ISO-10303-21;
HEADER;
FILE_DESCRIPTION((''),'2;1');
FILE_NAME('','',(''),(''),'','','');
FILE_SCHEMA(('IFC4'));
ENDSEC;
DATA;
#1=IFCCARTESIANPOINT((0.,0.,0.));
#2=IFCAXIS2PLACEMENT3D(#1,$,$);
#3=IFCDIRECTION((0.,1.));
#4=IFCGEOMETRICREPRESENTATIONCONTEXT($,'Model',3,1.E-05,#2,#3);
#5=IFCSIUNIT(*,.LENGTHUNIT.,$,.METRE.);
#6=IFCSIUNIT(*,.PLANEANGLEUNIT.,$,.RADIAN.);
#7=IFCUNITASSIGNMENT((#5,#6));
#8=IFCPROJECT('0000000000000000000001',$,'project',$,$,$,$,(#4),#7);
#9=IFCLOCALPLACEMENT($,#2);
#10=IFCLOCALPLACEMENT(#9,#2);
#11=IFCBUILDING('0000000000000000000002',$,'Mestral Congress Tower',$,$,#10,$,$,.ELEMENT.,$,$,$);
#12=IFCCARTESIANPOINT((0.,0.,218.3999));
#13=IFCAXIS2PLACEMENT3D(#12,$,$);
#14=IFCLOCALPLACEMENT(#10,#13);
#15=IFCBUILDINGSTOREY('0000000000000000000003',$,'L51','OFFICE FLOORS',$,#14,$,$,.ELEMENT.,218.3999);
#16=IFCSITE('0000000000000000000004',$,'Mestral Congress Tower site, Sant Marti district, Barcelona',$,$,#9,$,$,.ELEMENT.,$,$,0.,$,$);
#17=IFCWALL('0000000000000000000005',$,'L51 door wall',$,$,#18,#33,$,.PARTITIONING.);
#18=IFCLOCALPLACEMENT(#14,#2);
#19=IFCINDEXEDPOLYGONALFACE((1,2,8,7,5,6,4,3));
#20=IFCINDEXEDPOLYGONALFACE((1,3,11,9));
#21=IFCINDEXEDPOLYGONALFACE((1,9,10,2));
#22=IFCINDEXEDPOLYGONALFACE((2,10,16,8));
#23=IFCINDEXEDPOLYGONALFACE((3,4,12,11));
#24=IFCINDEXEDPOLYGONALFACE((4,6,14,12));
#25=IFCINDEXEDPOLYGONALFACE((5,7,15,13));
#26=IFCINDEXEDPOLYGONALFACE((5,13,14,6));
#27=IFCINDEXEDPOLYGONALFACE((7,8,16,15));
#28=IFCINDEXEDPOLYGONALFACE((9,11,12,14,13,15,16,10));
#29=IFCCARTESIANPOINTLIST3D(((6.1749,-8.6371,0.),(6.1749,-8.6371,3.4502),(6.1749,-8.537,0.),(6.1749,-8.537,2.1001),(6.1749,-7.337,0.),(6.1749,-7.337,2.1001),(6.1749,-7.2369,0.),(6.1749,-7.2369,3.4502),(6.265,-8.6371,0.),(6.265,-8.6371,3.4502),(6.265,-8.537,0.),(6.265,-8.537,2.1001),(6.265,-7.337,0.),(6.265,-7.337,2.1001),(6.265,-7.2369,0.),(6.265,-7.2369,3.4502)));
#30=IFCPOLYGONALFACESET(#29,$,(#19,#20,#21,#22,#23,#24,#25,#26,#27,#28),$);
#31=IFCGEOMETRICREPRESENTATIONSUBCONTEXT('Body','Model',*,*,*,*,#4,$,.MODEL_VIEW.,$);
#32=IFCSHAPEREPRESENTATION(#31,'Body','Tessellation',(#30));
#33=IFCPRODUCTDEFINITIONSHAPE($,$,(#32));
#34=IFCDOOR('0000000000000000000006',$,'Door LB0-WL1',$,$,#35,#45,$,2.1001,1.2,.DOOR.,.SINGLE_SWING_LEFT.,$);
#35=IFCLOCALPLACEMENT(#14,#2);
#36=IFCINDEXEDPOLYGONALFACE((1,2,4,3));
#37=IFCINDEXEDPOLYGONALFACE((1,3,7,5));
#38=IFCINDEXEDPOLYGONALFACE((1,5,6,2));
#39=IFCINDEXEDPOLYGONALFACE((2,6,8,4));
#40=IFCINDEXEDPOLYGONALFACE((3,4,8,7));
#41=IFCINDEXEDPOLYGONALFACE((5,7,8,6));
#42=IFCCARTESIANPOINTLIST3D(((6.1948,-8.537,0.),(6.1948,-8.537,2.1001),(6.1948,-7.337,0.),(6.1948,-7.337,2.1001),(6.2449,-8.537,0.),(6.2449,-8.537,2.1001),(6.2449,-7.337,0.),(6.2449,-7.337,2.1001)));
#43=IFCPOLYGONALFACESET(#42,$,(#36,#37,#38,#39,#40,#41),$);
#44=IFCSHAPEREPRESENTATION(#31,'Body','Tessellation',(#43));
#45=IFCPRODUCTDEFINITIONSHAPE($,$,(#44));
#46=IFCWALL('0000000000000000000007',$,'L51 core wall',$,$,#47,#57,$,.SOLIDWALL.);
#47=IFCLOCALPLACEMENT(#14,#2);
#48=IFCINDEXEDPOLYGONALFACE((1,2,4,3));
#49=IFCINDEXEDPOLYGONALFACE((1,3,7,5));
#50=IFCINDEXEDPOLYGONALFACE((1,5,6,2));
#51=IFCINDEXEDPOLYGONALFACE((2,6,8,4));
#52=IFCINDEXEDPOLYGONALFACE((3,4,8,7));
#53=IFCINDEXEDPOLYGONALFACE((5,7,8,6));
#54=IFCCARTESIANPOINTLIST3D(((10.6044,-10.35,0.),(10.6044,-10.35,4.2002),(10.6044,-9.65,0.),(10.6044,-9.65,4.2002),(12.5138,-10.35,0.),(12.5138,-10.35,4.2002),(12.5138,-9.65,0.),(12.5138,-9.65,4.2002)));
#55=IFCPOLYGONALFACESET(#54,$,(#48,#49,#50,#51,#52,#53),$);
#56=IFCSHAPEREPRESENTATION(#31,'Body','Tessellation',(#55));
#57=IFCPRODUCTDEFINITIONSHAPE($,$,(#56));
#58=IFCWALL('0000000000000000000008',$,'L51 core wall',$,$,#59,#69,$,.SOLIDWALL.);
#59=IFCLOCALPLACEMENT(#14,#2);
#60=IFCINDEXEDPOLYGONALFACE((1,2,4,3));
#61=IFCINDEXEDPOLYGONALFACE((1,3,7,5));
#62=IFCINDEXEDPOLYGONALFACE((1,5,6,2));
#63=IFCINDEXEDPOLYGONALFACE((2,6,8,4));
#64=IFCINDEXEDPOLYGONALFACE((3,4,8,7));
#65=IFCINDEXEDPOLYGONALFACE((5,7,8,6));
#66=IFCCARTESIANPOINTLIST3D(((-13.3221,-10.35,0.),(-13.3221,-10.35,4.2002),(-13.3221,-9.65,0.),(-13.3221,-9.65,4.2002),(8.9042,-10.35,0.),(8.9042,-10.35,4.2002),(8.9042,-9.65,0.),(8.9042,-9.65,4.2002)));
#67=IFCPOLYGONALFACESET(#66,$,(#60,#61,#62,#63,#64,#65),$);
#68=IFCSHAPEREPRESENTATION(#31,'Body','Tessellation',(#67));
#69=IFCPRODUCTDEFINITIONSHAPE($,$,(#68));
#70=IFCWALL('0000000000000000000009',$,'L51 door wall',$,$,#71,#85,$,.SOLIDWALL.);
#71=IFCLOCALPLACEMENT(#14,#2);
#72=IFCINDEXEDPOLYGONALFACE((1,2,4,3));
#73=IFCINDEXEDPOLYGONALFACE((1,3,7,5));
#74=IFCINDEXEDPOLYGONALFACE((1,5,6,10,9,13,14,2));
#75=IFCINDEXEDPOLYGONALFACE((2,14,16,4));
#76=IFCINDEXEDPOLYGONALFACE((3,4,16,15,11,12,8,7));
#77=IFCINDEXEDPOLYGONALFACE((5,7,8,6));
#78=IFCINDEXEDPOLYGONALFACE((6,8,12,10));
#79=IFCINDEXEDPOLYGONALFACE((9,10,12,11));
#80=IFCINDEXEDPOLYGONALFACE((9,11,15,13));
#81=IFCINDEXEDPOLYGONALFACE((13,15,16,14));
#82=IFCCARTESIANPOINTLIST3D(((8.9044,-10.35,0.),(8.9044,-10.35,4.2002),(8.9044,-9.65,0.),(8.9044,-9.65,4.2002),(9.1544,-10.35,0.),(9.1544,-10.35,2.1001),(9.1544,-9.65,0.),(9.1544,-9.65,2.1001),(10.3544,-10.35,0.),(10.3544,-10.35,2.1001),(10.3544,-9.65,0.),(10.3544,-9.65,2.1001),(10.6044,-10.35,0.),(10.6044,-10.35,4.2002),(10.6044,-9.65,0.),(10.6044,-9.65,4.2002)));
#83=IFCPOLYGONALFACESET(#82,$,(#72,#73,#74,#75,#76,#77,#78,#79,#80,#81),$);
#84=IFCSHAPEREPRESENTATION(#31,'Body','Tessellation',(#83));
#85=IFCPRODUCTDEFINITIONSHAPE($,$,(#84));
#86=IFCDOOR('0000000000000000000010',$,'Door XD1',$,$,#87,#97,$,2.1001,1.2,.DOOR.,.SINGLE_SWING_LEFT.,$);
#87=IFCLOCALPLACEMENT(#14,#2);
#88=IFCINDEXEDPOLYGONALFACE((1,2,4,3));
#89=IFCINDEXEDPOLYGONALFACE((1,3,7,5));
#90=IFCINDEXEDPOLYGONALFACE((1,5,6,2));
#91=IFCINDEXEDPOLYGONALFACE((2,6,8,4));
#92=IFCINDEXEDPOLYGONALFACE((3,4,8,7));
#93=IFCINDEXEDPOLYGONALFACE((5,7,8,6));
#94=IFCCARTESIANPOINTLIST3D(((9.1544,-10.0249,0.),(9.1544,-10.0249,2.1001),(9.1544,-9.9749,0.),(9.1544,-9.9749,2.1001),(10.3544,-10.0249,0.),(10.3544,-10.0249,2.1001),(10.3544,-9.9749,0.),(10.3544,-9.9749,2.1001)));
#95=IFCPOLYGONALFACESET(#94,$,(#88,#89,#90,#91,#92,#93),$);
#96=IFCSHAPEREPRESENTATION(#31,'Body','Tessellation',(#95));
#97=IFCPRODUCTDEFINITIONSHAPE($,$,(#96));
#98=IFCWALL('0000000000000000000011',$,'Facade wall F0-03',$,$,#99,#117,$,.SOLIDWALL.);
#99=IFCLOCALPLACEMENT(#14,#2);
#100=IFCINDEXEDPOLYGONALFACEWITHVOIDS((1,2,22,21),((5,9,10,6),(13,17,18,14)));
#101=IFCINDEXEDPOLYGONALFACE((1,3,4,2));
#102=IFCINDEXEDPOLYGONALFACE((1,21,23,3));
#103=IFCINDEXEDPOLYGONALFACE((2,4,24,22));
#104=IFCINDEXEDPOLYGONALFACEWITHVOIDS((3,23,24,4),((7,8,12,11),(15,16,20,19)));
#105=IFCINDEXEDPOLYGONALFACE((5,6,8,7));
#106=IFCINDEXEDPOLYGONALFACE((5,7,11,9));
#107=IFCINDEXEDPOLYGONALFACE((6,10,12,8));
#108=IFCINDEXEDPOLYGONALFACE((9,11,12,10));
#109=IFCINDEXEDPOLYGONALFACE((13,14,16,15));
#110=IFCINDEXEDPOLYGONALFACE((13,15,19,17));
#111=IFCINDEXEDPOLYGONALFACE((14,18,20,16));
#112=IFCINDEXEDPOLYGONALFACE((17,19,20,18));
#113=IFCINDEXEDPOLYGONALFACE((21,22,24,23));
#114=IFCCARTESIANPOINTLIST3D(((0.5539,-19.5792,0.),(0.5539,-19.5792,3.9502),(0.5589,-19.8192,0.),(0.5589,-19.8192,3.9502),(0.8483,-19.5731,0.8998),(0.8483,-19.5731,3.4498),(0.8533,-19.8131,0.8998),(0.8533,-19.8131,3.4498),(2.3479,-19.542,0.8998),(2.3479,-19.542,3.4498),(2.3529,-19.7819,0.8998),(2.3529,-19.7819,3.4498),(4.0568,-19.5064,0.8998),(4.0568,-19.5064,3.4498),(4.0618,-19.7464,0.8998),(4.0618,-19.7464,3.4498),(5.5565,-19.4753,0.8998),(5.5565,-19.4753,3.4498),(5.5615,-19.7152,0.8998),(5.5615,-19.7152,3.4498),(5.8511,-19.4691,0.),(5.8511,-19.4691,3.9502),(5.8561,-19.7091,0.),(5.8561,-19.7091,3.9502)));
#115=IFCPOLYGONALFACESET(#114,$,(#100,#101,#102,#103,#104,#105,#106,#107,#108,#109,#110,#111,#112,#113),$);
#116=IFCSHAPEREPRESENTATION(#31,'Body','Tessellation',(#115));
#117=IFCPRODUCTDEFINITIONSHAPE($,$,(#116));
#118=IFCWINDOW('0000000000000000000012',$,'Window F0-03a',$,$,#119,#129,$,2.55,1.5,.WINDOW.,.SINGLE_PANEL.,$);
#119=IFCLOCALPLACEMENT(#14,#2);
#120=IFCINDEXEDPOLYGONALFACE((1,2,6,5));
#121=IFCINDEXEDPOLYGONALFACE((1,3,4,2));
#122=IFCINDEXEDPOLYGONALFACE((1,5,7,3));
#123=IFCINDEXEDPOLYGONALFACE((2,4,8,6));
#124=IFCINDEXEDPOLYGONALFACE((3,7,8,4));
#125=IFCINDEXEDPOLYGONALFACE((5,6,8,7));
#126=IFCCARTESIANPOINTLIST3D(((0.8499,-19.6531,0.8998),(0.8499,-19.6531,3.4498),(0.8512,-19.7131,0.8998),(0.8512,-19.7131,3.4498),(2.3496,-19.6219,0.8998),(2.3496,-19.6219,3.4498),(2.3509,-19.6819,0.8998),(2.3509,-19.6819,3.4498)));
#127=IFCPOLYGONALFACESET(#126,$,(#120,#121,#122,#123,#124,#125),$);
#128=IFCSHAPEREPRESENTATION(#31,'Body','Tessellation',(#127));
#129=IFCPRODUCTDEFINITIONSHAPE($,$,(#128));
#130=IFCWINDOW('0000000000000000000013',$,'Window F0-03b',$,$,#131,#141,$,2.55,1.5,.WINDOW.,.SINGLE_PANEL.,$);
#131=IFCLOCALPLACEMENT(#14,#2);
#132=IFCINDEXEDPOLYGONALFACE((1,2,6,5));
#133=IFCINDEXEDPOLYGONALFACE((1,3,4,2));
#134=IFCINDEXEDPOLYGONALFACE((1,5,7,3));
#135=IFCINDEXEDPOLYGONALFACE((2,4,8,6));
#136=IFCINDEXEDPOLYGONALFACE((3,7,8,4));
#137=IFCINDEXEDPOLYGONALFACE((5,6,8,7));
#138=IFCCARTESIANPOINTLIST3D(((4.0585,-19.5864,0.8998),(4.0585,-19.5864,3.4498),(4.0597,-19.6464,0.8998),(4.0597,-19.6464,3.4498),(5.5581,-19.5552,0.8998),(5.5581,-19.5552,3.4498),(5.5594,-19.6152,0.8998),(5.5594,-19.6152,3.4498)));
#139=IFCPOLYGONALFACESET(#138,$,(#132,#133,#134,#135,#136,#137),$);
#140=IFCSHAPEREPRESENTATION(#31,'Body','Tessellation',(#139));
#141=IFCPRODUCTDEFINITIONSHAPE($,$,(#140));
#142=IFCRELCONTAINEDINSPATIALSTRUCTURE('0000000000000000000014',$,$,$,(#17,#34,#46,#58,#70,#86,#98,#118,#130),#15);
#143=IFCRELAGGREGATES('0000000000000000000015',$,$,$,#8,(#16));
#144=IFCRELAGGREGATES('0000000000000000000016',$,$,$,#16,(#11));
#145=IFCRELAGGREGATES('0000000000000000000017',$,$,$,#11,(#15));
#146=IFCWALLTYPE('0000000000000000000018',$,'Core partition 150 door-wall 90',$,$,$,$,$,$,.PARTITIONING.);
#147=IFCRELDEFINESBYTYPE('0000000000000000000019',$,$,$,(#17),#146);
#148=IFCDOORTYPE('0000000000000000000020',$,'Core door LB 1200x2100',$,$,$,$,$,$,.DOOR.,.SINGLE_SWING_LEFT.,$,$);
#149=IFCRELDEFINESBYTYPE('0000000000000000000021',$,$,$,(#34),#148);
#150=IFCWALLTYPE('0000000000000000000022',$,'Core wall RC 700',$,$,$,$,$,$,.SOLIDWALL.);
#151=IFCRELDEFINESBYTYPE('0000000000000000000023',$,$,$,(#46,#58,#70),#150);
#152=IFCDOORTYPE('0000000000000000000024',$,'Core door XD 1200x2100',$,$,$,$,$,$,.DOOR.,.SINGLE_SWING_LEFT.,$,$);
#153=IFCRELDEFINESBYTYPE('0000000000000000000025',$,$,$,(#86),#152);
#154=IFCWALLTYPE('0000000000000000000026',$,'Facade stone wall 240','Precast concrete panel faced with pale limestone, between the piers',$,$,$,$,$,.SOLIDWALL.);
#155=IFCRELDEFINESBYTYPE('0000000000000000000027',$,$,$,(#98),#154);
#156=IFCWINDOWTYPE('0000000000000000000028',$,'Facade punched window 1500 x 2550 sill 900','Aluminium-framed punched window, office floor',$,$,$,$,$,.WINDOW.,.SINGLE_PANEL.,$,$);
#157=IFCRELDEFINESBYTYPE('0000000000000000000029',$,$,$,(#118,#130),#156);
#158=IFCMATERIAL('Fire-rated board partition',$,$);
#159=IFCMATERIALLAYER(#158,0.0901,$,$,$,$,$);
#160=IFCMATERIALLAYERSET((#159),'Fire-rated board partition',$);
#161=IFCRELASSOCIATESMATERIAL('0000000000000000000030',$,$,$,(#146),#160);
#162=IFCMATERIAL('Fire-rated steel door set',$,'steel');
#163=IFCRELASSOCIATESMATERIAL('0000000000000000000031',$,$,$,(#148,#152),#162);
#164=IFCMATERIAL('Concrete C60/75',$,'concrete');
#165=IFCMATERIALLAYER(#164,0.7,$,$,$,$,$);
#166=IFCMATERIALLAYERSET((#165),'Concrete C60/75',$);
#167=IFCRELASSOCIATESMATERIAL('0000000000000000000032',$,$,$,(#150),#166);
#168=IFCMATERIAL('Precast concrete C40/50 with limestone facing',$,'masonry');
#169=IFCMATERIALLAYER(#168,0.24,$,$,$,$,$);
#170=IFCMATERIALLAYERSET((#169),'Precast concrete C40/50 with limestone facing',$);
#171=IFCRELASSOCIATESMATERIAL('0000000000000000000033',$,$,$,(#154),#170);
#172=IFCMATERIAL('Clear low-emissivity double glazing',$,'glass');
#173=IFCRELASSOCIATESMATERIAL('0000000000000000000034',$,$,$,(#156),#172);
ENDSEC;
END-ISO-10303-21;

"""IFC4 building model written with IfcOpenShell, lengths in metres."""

from ifc_helpers import new_model, si_unit, direction, frame, frame_2d, origin, place, context, subcontext, project, spatial, rectangle, extrude, material, layer, layer_set, type_object, element, fill, save


model = new_model("IFC4")

# Units and contexts
model_context = context("Model", 3, precision=1e-05, world=origin(), true_north=direction((0.0, 1.0)))
body_context = subcontext(model_context, "Body", "Model", "MODEL_VIEW")
ifc_project = project(units=[si_unit("LENGTHUNIT", "METRE"), si_unit("PLANEANGLEUNIT", "RADIAN")], contexts=[model_context])

# Site, building, storey
site_placement = place(None, origin())
site = spatial("IfcSite", under=ifc_project, at=site_placement, Name="Mestral Congress Tower site, Sant Marti district, Barcelona", CompositionType="ELEMENT", RefElevation=0.0)
building_placement = place(site_placement, origin())
building = spatial("IfcBuilding", under=site, at=building_placement, Name="Mestral Congress Tower", CompositionType="ELEMENT")
storey_placement = place(building_placement, frame((0.0, 0.0, 218.3999)))
storey = spatial("IfcBuildingStorey", under=building, at=storey_placement, Name="L51", Description="OFFICE FLOORS", CompositionType="ELEMENT", Elevation=218.3999)

# Shared definitions
ifc_material_1 = material(Name="Concrete C60/75", Category="concrete")

# Wall, opening, door
ifc_material_2 = material(Name="Fire-rated board partition")
ifc_layer_1 = layer(ifc_material_2, 0.0901)
ifc_layer_set_1 = layer_set([ifc_layer_1], Name="Fire-rated board partition")
wall_type_1 = type_object("IfcWallType", Name="Core partition 150 door-wall 90", PredefinedType="PARTITIONING", material=ifc_layer_set_1)
wall_1_placement = place(storey_placement, frame((6.22, -7.2368, 0.0), z_axis=(0.0, 0.0, 1.0), x_axis=(0.0, -1.0, 0.0)))
wall_1 = element("IfcWall", 1, at=wall_1_placement, inside=storey, type_object=wall_type_1, Name="L51 door wall", PredefinedType="PARTITIONING", context=body_context, shape_type="SweptSolid", body=[
    extrude(rectangle(XDim=1.4001, YDim=0.0901, at=frame_2d((0.7002, 0.0))), origin(), (0.0, 0.0, 1.0), 3.4502),
])
opening_1_placement = place(wall_1_placement, frame((0.1001, 0.0, 0.0)))
opening_1 = element("IfcOpeningElement", 2, at=opening_1_placement, cuts=wall_1, PredefinedType="OPENING", context=body_context, shape_type="SweptSolid", body=[
    extrude(rectangle(XDim=1.2, YDim=2.1001, at=frame_2d((0.6001, 1.05))), frame((0.0, 0.0549, 0.0), z_axis=(0.0, -1.0, 0.0), x_axis=(1.0, 0.0, 0.0)), (0.0, 0.0, 1.0), 0.1101),
])
ifc_material_3 = material(Name="Fire-rated steel door set", Category="steel")
door_type_1 = type_object("IfcDoorType", Name="Core door LB 1200x2100", OperationType="SINGLE_SWING_LEFT", PredefinedType="DOOR", material=ifc_material_3)
door_1_placement = place(opening_1_placement, origin())
door_1 = element("IfcDoor", 3, at=door_1_placement, inside=storey, type_object=door_type_1, Name="Door LB0-WL1", OperationType="SINGLE_SWING_LEFT", OverallHeight=2.1001, OverallWidth=1.2, PredefinedType="DOOR", context=body_context, shape_type="SweptSolid", body=[
    extrude(rectangle(XDim=1.2, YDim=2.1001, at=frame_2d((0.6001, 1.05))), frame((0.0, 0.0249, 0.0), z_axis=(0.0, -1.0, 0.0), x_axis=(1.0, 0.0, 0.0)), (0.0, 0.0, 1.0), 0.05),
])
fill(opening_1, door_1)

# Walls
ifc_layer_2 = layer(ifc_material_1, 0.7)
ifc_layer_set_2 = layer_set([ifc_layer_2], Name="Concrete C60/75")
wall_type_2 = type_object("IfcWallType", Name="Core wall RC 700", PredefinedType="SOLIDWALL", material=ifc_layer_set_2)
wall_2_placement = place(storey_placement, frame((10.6045, -10.0, 0.0), z_axis=(0.0, 0.0, 1.0), x_axis=(1.0, 0.0, 0.0)))
element("IfcWall", 4, at=wall_2_placement, inside=storey, type_object=wall_type_2, Name="L51 core wall", PredefinedType="SOLIDWALL", context=body_context, shape_type="SweptSolid", body=[
    extrude(rectangle(XDim=1.9094, YDim=0.7, at=frame_2d((0.9546, 0.0))), origin(), (0.0, 0.0, 1.0), 4.2002),
])
wall_3_placement = place(storey_placement, frame((8.9043, -10.0, 0.0), z_axis=(0.0, 0.0, 1.0), x_axis=(-1.0, 0.0, 0.0)))
element("IfcWall", 5, at=wall_3_placement, inside=storey, type_object=wall_type_2, Name="L51 core wall", PredefinedType="SOLIDWALL", context=body_context, shape_type="SweptSolid", body=[
    extrude(rectangle(XDim=22.2263, YDim=0.7, at=frame_2d((11.1133, 0.0))), origin(), (0.0, 0.0, 1.0), 4.2002),
])

# Wall, opening, door
wall_4_placement = place(storey_placement, frame((10.6045, -10.0, 0.0), z_axis=(0.0, 0.0, 1.0), x_axis=(-1.0, 0.0, 0.0)))
wall_4 = element("IfcWall", 6, at=wall_4_placement, inside=storey, type_object=wall_type_2, Name="L51 door wall", PredefinedType="SOLIDWALL", context=body_context, shape_type="SweptSolid", body=[
    extrude(rectangle(XDim=1.7, YDim=0.7, at=frame_2d((0.8501, 0.0))), origin(), (0.0, 0.0, 1.0), 4.2002),
])
opening_2_placement = place(wall_4_placement, frame((0.25, 0.0, 0.0)))
opening_2 = element("IfcOpeningElement", 7, at=opening_2_placement, cuts=wall_4, PredefinedType="OPENING", context=body_context, shape_type="SweptSolid", body=[
    extrude(rectangle(XDim=1.2, YDim=2.1001, at=frame_2d((0.6001, 1.05))), frame((0.0, 0.3599, 0.0), z_axis=(0.0, -1.0, 0.0), x_axis=(1.0, 0.0, 0.0)), (0.0, 0.0, 1.0), 0.72),
])
door_type_2 = type_object("IfcDoorType", Name="Core door XD 1200x2100", OperationType="SINGLE_SWING_LEFT", PredefinedType="DOOR", material=ifc_material_3)
door_2_placement = place(opening_2_placement, origin())
door_2 = element("IfcDoor", 8, at=door_2_placement, inside=storey, type_object=door_type_2, Name="Door XD1", OperationType="SINGLE_SWING_LEFT", OverallHeight=2.1001, OverallWidth=1.2, PredefinedType="DOOR", context=body_context, shape_type="SweptSolid", body=[
    extrude(rectangle(XDim=1.2, YDim=2.1001, at=frame_2d((0.6001, 1.05))), frame((0.0, 0.0249, 0.0), z_axis=(0.0, -1.0, 0.0), x_axis=(1.0, 0.0, 0.0)), (0.0, 0.0, 1.0), 0.05),
])
fill(opening_2, door_2)

# Wall, openings, windows
ifc_material_4 = material(Name="Precast concrete C40/50 with limestone facing", Category="masonry")
ifc_layer_3 = layer(ifc_material_4, 0.24)
ifc_layer_set_3 = layer_set([ifc_layer_3], Name="Precast concrete C40/50 with limestone facing")
wall_type_3 = type_object("IfcWallType", Name="Facade stone wall 240", Description="Precast concrete panel faced with pale limestone, between the piers", PredefinedType="SOLIDWALL", material=ifc_layer_set_3)
wall_5_placement = place(storey_placement, frame((0.5564, -19.6992, 0.0), z_axis=(0.0, 0.0, 1.0), x_axis=(0.999784, 0.020782, 0.0)))
wall_5 = element("IfcWall", 9, at=wall_5_placement, inside=storey, type_object=wall_type_3, Name="Facade wall F0-03", PredefinedType="SOLIDWALL", context=body_context, shape_type="SweptSolid", body=[
    extrude(rectangle(XDim=5.2983, YDim=0.24, at=frame_2d((2.6492, 0.0))), origin(), (0.0, 0.0, 1.0), 3.9502),
])
opening_3_placement = place(wall_5_placement, frame((0.2944, 0.0, 0.8999)))
opening_3 = element("IfcOpeningElement", 10, at=opening_3_placement, cuts=wall_5, PredefinedType="OPENING", context=body_context, shape_type="SweptSolid", body=[
    extrude(rectangle(XDim=1.5, YDim=2.55, at=frame_2d((0.75, 1.2749))), frame((0.0, 0.1299, 0.0), z_axis=(0.0, -1.0, 0.0), x_axis=(1.0, 0.0, 0.0)), (0.0, 0.0, 1.0), 0.26),
])
opening_4_placement = place(wall_5_placement, frame((3.5037, 0.0, 0.8999)))
opening_4 = element("IfcOpeningElement", 11, at=opening_4_placement, cuts=wall_5, PredefinedType="OPENING", context=body_context, shape_type="SweptSolid", body=[
    extrude(rectangle(XDim=1.5, YDim=2.55, at=frame_2d((0.75, 1.2749))), frame((0.0, 0.1299, 0.0), z_axis=(0.0, -1.0, 0.0), x_axis=(1.0, 0.0, 0.0)), (0.0, 0.0, 1.0), 0.26),
])
ifc_material_5 = material(Name="Clear low-emissivity double glazing", Category="glass")
window_type = type_object("IfcWindowType", Name="Facade punched window 1500 x 2550 sill 900", Description="Aluminium-framed punched window, office floor", PartitioningType="SINGLE_PANEL", PredefinedType="WINDOW", material=ifc_material_5)
window_1_placement = place(opening_3_placement, origin())
window_1 = element("IfcWindow", 12, at=window_1_placement, inside=storey, type_object=window_type, Name="Window F0-03a", OverallHeight=2.55, OverallWidth=1.5, PartitioningType="SINGLE_PANEL", PredefinedType="WINDOW", context=body_context, shape_type="SweptSolid", body=[
    extrude(rectangle(XDim=1.5, YDim=2.55, at=frame_2d((0.75, 1.2749))), frame((0.0, 0.04, 0.0), z_axis=(0.0, -1.0, 0.0), x_axis=(1.0, 0.0, 0.0)), (0.0, 0.0, 1.0), 0.0601),
])
fill(opening_3, window_1)
window_2_placement = place(opening_4_placement, origin())
window_2 = element("IfcWindow", 13, at=window_2_placement, inside=storey, type_object=window_type, Name="Window F0-03b", OverallHeight=2.55, OverallWidth=1.5, PartitioningType="SINGLE_PANEL", PredefinedType="WINDOW", context=body_context, shape_type="SweptSolid", body=[
    extrude(rectangle(XDim=1.5, YDim=2.55, at=frame_2d((0.75, 1.2749))), frame((0.0, 0.04, 0.0), z_axis=(0.0, -1.0, 0.0), x_axis=(1.0, 0.0, 0.0)), (0.0, 0.0, 1.0), 0.0601),
])
fill(opening_4, window_2)

save(model, "model.ifc")
